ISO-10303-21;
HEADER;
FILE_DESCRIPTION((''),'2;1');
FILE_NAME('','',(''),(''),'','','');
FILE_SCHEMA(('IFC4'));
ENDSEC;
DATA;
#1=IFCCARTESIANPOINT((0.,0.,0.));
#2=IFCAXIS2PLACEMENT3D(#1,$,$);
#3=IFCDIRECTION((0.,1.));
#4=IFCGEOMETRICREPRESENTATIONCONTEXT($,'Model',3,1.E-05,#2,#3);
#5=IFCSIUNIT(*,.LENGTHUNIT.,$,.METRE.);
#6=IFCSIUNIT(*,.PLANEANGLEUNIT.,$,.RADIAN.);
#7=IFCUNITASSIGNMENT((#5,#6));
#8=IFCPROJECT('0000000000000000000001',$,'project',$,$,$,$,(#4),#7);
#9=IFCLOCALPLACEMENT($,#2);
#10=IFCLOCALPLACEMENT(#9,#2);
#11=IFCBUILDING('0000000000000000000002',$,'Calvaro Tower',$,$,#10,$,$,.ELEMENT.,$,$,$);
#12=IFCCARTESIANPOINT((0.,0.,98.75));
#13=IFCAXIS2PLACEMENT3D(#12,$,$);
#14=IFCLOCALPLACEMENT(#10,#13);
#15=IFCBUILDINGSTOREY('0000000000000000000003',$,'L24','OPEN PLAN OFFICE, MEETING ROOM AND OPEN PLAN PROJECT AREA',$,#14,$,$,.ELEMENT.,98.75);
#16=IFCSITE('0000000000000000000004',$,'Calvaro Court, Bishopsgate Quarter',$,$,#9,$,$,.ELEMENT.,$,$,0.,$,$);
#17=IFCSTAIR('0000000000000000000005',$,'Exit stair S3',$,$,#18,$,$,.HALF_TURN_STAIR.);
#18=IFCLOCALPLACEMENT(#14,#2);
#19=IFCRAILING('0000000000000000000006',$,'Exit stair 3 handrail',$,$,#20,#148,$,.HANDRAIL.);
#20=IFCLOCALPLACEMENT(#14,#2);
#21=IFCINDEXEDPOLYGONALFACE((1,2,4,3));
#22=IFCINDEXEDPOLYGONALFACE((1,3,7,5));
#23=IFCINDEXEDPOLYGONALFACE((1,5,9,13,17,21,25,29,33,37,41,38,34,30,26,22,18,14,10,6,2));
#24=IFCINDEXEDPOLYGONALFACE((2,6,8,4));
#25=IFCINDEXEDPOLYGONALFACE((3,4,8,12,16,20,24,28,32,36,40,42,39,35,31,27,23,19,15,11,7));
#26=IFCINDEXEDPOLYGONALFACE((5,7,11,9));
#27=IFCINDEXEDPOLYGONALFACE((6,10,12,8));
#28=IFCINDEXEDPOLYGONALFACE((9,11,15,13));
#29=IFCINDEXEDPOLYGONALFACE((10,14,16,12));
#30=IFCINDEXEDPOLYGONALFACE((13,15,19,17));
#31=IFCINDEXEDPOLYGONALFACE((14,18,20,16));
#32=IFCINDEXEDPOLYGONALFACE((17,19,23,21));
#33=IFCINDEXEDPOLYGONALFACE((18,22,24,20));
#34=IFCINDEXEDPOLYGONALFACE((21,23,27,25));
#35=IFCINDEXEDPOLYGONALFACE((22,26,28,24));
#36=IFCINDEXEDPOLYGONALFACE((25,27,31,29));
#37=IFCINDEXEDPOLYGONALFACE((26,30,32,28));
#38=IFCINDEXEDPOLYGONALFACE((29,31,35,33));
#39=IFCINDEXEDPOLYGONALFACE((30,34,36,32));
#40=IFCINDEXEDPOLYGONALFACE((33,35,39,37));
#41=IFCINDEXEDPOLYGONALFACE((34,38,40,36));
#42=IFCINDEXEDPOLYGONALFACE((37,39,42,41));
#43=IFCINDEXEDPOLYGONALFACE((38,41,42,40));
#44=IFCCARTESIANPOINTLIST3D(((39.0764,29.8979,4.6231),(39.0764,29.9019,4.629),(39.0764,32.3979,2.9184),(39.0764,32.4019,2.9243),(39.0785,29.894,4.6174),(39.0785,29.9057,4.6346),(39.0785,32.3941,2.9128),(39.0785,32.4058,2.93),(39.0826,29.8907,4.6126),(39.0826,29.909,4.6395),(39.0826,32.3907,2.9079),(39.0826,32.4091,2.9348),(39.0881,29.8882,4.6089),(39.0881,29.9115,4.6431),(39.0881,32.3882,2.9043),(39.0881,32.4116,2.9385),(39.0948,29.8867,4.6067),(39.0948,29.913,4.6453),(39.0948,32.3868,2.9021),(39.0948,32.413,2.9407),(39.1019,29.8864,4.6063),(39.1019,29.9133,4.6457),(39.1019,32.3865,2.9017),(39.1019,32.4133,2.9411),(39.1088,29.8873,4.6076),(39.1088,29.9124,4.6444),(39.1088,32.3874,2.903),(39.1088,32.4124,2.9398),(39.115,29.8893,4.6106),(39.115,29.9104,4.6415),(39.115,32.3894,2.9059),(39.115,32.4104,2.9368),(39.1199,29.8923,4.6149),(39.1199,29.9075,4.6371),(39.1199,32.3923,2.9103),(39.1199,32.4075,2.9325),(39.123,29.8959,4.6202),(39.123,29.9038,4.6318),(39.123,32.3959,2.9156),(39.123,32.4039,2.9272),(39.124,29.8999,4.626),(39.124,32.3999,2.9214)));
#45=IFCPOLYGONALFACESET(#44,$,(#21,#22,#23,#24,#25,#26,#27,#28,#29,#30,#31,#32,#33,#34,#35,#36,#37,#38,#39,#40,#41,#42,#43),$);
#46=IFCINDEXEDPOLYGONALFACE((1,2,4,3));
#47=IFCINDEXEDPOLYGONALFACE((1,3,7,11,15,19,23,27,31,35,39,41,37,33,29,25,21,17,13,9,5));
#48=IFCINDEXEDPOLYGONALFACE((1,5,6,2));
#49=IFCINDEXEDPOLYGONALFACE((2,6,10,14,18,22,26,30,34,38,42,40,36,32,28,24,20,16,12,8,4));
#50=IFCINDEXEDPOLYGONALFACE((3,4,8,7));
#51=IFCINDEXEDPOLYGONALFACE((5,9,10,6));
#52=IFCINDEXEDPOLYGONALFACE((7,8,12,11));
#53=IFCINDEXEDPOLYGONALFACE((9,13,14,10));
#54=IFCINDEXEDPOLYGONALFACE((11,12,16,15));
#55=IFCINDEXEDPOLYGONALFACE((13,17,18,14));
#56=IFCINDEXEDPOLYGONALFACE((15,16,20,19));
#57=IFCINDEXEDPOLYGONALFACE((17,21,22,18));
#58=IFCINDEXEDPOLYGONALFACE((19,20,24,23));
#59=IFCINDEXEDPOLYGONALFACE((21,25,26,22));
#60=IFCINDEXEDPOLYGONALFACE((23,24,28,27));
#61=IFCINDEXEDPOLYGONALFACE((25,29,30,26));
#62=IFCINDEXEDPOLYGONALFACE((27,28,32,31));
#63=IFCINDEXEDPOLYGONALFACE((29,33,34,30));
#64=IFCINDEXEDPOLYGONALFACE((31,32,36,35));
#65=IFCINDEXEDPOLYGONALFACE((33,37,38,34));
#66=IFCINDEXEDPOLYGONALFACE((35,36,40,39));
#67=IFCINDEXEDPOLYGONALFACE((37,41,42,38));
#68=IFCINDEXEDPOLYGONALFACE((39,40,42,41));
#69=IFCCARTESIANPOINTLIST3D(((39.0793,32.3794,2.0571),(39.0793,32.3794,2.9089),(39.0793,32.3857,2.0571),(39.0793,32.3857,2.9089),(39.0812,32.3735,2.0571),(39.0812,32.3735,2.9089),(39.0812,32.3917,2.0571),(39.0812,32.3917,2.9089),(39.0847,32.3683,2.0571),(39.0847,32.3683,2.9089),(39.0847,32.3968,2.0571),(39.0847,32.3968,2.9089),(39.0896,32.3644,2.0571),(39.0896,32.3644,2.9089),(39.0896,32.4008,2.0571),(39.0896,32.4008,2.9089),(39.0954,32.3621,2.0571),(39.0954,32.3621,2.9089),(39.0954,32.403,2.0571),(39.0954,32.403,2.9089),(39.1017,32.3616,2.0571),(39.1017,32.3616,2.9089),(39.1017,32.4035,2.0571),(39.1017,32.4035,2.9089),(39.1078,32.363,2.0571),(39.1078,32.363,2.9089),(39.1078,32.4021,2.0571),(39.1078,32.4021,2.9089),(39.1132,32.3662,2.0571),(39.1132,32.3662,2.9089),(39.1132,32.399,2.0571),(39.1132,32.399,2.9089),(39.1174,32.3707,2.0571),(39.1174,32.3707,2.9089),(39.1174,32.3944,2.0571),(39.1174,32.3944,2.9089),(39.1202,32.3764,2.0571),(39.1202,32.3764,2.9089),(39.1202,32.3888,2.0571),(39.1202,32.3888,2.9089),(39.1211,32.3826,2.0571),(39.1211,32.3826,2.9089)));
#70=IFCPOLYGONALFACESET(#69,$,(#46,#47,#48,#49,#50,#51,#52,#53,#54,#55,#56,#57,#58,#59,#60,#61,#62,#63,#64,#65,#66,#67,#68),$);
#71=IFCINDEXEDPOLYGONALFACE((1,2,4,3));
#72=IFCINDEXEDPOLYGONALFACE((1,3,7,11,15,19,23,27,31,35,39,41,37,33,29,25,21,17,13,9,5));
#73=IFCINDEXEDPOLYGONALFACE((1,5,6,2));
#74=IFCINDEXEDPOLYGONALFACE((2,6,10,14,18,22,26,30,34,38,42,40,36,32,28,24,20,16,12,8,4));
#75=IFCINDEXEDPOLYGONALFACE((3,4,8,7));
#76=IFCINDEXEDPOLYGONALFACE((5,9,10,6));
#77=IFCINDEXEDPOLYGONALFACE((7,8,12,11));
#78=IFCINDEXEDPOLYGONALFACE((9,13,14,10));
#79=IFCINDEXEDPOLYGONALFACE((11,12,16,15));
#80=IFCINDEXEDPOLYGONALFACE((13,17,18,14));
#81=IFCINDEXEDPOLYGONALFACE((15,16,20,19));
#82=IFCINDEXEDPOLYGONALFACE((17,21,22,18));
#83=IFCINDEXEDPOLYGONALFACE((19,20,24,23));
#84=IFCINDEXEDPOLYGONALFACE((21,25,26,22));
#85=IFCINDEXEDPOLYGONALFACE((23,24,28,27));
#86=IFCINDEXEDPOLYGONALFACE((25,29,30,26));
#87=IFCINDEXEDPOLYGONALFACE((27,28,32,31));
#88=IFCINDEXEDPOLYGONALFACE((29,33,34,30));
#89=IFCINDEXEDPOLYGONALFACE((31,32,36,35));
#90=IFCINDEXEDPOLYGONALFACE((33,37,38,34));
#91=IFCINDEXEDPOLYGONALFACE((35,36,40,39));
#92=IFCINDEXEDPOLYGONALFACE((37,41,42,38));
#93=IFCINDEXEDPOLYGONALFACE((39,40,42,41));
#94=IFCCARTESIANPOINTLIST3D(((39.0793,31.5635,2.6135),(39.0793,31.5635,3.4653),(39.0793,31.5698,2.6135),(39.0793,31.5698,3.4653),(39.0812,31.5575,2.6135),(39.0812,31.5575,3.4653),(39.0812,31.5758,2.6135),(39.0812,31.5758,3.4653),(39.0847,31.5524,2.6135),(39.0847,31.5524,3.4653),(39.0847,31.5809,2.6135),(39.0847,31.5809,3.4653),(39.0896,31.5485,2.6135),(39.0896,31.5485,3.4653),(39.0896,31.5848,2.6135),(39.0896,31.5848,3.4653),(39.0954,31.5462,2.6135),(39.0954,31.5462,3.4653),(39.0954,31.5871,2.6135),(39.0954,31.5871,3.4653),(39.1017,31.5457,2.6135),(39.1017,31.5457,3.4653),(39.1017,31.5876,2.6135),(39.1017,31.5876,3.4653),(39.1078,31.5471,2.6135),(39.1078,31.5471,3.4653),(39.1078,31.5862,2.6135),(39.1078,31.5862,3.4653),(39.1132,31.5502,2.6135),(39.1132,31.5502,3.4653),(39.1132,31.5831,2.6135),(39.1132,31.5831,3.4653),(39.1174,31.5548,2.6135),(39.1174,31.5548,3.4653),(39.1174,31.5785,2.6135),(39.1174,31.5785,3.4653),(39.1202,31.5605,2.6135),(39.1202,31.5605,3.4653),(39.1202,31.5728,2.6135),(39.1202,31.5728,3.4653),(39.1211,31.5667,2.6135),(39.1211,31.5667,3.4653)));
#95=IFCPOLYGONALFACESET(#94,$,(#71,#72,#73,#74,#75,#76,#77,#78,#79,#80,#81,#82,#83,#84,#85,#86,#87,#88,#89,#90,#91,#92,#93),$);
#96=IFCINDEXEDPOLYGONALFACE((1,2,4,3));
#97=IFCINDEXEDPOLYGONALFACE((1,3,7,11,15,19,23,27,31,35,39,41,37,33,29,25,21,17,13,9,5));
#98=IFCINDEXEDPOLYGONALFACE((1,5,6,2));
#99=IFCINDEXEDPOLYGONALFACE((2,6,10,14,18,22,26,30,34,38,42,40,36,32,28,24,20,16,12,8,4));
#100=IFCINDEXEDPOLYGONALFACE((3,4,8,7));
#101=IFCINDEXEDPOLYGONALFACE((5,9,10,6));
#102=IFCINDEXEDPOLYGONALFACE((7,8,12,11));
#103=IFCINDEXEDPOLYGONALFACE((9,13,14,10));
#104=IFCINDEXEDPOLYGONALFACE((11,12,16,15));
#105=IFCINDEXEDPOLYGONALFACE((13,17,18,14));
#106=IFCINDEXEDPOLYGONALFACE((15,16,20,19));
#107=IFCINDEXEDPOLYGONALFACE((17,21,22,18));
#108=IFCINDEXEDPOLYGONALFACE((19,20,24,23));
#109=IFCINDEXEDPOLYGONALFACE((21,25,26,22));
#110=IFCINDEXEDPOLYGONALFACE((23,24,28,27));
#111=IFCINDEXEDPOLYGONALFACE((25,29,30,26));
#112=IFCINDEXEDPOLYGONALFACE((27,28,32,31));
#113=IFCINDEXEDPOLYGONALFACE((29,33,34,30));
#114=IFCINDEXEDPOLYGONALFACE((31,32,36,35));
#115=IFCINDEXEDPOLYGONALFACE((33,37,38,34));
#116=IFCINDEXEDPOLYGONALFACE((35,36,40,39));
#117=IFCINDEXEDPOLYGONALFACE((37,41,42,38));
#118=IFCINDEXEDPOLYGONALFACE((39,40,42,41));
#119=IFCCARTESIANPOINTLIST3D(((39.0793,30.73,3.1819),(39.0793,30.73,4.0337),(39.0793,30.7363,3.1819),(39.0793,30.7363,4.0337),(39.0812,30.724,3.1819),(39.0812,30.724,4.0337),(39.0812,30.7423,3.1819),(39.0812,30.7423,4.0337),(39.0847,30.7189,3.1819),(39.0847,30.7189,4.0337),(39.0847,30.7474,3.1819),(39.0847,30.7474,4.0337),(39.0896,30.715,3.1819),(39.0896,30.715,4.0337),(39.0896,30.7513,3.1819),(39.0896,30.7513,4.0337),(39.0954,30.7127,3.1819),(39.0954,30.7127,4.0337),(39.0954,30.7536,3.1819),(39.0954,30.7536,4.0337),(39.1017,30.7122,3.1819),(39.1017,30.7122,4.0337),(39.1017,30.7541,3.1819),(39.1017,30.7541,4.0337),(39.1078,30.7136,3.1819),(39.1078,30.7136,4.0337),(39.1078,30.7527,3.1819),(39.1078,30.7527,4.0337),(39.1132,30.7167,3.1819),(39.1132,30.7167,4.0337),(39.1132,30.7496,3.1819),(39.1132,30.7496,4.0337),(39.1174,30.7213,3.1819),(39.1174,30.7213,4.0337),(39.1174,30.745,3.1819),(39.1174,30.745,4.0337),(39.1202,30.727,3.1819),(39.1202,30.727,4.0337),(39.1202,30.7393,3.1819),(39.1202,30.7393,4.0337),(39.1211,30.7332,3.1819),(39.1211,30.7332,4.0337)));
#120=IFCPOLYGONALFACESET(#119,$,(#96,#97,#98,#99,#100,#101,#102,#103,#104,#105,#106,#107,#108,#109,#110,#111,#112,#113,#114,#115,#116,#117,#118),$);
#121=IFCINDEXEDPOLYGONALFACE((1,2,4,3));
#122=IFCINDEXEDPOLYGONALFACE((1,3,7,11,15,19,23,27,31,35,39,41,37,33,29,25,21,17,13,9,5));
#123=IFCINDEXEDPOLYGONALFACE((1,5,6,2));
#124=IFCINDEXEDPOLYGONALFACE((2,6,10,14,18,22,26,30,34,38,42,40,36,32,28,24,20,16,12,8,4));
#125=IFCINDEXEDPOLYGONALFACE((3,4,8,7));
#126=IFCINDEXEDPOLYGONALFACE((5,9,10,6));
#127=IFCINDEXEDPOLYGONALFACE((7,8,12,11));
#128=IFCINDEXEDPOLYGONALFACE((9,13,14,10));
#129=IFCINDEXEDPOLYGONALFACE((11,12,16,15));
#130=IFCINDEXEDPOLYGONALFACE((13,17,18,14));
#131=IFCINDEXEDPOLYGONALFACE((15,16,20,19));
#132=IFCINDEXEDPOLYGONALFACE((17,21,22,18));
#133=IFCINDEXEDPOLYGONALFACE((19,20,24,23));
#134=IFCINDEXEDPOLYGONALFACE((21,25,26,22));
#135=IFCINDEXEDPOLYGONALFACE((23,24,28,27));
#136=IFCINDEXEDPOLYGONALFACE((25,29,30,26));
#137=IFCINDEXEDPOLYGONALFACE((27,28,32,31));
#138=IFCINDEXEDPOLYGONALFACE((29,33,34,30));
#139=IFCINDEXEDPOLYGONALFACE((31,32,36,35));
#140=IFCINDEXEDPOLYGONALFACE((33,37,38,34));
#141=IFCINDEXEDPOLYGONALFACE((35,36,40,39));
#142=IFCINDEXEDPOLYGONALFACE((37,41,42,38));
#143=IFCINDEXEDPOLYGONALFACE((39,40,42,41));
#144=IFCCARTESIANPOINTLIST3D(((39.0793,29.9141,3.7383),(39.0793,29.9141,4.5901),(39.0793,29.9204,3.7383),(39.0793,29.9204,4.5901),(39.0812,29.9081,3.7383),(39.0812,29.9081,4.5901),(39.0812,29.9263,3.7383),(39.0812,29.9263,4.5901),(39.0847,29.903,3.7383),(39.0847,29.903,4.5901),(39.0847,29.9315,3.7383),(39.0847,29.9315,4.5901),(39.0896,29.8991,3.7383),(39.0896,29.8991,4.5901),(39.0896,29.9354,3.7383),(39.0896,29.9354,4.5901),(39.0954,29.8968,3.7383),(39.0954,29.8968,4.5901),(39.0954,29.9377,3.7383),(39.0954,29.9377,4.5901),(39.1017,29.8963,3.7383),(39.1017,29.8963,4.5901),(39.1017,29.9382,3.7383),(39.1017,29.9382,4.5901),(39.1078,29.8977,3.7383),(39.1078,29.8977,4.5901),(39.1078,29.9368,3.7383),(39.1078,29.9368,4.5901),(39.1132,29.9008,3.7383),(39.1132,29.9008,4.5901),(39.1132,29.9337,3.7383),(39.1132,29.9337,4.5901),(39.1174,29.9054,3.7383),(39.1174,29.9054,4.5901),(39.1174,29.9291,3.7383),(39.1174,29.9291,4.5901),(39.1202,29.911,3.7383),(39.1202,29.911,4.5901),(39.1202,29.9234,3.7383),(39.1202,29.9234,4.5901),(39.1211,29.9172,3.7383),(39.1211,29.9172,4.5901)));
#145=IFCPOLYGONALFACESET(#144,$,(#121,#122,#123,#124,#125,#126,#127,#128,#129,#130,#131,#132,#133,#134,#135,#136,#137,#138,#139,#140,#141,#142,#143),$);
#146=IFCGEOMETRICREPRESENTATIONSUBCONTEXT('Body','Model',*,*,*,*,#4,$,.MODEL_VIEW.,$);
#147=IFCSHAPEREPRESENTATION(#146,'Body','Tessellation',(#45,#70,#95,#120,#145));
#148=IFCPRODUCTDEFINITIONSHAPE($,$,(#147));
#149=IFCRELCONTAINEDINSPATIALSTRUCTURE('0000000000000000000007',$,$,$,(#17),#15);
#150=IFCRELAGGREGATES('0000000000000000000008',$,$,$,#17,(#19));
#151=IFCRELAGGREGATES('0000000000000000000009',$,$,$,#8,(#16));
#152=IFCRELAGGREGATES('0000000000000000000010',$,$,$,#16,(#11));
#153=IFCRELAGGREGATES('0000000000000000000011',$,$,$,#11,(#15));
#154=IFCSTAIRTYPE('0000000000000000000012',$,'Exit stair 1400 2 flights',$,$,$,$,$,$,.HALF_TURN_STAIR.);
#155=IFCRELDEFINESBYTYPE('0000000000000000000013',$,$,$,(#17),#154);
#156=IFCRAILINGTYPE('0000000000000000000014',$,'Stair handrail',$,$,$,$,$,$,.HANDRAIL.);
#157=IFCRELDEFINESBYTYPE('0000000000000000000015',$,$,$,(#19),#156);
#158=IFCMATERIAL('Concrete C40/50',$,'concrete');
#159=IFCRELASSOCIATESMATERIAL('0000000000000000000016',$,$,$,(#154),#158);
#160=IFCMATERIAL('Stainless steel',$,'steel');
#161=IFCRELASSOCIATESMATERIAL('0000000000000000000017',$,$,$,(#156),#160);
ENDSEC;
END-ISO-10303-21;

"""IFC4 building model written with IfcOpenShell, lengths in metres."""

from ifc_helpers import new_model, si_unit, direction, frame, origin, origin_2d, place, context, subcontext, project, spatial, circle, extrude, material, type_object, element, aggregate, save


model = new_model("IFC4")

# Units and contexts
model_context = context("Model", 3, precision=1e-05, world=origin(), true_north=direction((0.0, 1.0)))
body_context = subcontext(model_context, "Body", "Model", "MODEL_VIEW")
ifc_project = project(units=[si_unit("LENGTHUNIT", "METRE"), si_unit("PLANEANGLEUNIT", "RADIAN")], contexts=[model_context])

# Site, building, storey
site_placement = place(None, origin())
site = spatial("IfcSite", under=ifc_project, at=site_placement, Name="Calvaro Court, Bishopsgate Quarter", CompositionType="ELEMENT", RefElevation=0.0)
building_placement = place(site_placement, origin())
building = spatial("IfcBuilding", under=site, at=building_placement, Name="Calvaro Tower", CompositionType="ELEMENT")
storey_placement = place(building_placement, frame((0.0, 0.0, 98.75)))
storey = spatial("IfcBuildingStorey", under=building, at=storey_placement, Name="L24", Description="OPEN PLAN OFFICE, MEETING ROOM AND OPEN PLAN PROJECT AREA", CompositionType="ELEMENT", Elevation=98.75)

# Stair
ifc_material_1 = material(Name="Concrete C40/50", Category="concrete")
stair_type = type_object("IfcStairType", Name="Exit stair 1400 2 flights", PredefinedType="HALF_TURN_STAIR", material=ifc_material_1)
stair_1_placement = place(storey_placement, origin())
stair_1 = element("IfcStair", 1, at=stair_1_placement, inside=storey, type_object=stair_type, Name="Exit stair S3", PredefinedType="HALF_TURN_STAIR")

# Railing
ifc_material_2 = material(Name="Stainless steel", Category="steel")
railing_type = type_object("IfcRailingType", Name="Stair handrail", PredefinedType="HANDRAIL", material=ifc_material_2)
railing_1_placement = place(storey_placement, frame((39.1001, 32.3999, 2.0454)))
railing_1 = element("IfcRailing", 2, at=railing_1_placement, type_object=railing_type, Name="Exit stair 3 handrail", PredefinedType="HANDRAIL", context=body_context, shape_type="SweptSolid", body=[
    extrude(circle(Radius=0.0239, at=origin_2d()), frame((0.0, 0.0, 0.876), z_axis=(0.0, -0.826221, 0.563347), x_axis=(1.0, 0.0, 0.0)), (0.0, 0.0, 1.0), 3.0259),
    extrude(circle(Radius=0.021, at=origin_2d()), frame((0.0, -0.0173, 0.0117)), (0.0, 0.0, 1.0), 0.8518),
    extrude(circle(Radius=0.021, at=origin_2d()), frame((0.0, -0.8333, 0.5681)), (0.0, 0.0, 1.0), 0.8518),
    extrude(circle(Radius=0.021, at=origin_2d()), frame((0.0, -1.6667, 1.1365)), (0.0, 0.0, 1.0), 0.8518),
    extrude(circle(Radius=0.021, at=origin_2d()), frame((0.0, -2.4827, 1.6929)), (0.0, 0.0, 1.0), 0.8518),
])
aggregate(stair_1, [railing_1])

save(model, "model.ifc")
